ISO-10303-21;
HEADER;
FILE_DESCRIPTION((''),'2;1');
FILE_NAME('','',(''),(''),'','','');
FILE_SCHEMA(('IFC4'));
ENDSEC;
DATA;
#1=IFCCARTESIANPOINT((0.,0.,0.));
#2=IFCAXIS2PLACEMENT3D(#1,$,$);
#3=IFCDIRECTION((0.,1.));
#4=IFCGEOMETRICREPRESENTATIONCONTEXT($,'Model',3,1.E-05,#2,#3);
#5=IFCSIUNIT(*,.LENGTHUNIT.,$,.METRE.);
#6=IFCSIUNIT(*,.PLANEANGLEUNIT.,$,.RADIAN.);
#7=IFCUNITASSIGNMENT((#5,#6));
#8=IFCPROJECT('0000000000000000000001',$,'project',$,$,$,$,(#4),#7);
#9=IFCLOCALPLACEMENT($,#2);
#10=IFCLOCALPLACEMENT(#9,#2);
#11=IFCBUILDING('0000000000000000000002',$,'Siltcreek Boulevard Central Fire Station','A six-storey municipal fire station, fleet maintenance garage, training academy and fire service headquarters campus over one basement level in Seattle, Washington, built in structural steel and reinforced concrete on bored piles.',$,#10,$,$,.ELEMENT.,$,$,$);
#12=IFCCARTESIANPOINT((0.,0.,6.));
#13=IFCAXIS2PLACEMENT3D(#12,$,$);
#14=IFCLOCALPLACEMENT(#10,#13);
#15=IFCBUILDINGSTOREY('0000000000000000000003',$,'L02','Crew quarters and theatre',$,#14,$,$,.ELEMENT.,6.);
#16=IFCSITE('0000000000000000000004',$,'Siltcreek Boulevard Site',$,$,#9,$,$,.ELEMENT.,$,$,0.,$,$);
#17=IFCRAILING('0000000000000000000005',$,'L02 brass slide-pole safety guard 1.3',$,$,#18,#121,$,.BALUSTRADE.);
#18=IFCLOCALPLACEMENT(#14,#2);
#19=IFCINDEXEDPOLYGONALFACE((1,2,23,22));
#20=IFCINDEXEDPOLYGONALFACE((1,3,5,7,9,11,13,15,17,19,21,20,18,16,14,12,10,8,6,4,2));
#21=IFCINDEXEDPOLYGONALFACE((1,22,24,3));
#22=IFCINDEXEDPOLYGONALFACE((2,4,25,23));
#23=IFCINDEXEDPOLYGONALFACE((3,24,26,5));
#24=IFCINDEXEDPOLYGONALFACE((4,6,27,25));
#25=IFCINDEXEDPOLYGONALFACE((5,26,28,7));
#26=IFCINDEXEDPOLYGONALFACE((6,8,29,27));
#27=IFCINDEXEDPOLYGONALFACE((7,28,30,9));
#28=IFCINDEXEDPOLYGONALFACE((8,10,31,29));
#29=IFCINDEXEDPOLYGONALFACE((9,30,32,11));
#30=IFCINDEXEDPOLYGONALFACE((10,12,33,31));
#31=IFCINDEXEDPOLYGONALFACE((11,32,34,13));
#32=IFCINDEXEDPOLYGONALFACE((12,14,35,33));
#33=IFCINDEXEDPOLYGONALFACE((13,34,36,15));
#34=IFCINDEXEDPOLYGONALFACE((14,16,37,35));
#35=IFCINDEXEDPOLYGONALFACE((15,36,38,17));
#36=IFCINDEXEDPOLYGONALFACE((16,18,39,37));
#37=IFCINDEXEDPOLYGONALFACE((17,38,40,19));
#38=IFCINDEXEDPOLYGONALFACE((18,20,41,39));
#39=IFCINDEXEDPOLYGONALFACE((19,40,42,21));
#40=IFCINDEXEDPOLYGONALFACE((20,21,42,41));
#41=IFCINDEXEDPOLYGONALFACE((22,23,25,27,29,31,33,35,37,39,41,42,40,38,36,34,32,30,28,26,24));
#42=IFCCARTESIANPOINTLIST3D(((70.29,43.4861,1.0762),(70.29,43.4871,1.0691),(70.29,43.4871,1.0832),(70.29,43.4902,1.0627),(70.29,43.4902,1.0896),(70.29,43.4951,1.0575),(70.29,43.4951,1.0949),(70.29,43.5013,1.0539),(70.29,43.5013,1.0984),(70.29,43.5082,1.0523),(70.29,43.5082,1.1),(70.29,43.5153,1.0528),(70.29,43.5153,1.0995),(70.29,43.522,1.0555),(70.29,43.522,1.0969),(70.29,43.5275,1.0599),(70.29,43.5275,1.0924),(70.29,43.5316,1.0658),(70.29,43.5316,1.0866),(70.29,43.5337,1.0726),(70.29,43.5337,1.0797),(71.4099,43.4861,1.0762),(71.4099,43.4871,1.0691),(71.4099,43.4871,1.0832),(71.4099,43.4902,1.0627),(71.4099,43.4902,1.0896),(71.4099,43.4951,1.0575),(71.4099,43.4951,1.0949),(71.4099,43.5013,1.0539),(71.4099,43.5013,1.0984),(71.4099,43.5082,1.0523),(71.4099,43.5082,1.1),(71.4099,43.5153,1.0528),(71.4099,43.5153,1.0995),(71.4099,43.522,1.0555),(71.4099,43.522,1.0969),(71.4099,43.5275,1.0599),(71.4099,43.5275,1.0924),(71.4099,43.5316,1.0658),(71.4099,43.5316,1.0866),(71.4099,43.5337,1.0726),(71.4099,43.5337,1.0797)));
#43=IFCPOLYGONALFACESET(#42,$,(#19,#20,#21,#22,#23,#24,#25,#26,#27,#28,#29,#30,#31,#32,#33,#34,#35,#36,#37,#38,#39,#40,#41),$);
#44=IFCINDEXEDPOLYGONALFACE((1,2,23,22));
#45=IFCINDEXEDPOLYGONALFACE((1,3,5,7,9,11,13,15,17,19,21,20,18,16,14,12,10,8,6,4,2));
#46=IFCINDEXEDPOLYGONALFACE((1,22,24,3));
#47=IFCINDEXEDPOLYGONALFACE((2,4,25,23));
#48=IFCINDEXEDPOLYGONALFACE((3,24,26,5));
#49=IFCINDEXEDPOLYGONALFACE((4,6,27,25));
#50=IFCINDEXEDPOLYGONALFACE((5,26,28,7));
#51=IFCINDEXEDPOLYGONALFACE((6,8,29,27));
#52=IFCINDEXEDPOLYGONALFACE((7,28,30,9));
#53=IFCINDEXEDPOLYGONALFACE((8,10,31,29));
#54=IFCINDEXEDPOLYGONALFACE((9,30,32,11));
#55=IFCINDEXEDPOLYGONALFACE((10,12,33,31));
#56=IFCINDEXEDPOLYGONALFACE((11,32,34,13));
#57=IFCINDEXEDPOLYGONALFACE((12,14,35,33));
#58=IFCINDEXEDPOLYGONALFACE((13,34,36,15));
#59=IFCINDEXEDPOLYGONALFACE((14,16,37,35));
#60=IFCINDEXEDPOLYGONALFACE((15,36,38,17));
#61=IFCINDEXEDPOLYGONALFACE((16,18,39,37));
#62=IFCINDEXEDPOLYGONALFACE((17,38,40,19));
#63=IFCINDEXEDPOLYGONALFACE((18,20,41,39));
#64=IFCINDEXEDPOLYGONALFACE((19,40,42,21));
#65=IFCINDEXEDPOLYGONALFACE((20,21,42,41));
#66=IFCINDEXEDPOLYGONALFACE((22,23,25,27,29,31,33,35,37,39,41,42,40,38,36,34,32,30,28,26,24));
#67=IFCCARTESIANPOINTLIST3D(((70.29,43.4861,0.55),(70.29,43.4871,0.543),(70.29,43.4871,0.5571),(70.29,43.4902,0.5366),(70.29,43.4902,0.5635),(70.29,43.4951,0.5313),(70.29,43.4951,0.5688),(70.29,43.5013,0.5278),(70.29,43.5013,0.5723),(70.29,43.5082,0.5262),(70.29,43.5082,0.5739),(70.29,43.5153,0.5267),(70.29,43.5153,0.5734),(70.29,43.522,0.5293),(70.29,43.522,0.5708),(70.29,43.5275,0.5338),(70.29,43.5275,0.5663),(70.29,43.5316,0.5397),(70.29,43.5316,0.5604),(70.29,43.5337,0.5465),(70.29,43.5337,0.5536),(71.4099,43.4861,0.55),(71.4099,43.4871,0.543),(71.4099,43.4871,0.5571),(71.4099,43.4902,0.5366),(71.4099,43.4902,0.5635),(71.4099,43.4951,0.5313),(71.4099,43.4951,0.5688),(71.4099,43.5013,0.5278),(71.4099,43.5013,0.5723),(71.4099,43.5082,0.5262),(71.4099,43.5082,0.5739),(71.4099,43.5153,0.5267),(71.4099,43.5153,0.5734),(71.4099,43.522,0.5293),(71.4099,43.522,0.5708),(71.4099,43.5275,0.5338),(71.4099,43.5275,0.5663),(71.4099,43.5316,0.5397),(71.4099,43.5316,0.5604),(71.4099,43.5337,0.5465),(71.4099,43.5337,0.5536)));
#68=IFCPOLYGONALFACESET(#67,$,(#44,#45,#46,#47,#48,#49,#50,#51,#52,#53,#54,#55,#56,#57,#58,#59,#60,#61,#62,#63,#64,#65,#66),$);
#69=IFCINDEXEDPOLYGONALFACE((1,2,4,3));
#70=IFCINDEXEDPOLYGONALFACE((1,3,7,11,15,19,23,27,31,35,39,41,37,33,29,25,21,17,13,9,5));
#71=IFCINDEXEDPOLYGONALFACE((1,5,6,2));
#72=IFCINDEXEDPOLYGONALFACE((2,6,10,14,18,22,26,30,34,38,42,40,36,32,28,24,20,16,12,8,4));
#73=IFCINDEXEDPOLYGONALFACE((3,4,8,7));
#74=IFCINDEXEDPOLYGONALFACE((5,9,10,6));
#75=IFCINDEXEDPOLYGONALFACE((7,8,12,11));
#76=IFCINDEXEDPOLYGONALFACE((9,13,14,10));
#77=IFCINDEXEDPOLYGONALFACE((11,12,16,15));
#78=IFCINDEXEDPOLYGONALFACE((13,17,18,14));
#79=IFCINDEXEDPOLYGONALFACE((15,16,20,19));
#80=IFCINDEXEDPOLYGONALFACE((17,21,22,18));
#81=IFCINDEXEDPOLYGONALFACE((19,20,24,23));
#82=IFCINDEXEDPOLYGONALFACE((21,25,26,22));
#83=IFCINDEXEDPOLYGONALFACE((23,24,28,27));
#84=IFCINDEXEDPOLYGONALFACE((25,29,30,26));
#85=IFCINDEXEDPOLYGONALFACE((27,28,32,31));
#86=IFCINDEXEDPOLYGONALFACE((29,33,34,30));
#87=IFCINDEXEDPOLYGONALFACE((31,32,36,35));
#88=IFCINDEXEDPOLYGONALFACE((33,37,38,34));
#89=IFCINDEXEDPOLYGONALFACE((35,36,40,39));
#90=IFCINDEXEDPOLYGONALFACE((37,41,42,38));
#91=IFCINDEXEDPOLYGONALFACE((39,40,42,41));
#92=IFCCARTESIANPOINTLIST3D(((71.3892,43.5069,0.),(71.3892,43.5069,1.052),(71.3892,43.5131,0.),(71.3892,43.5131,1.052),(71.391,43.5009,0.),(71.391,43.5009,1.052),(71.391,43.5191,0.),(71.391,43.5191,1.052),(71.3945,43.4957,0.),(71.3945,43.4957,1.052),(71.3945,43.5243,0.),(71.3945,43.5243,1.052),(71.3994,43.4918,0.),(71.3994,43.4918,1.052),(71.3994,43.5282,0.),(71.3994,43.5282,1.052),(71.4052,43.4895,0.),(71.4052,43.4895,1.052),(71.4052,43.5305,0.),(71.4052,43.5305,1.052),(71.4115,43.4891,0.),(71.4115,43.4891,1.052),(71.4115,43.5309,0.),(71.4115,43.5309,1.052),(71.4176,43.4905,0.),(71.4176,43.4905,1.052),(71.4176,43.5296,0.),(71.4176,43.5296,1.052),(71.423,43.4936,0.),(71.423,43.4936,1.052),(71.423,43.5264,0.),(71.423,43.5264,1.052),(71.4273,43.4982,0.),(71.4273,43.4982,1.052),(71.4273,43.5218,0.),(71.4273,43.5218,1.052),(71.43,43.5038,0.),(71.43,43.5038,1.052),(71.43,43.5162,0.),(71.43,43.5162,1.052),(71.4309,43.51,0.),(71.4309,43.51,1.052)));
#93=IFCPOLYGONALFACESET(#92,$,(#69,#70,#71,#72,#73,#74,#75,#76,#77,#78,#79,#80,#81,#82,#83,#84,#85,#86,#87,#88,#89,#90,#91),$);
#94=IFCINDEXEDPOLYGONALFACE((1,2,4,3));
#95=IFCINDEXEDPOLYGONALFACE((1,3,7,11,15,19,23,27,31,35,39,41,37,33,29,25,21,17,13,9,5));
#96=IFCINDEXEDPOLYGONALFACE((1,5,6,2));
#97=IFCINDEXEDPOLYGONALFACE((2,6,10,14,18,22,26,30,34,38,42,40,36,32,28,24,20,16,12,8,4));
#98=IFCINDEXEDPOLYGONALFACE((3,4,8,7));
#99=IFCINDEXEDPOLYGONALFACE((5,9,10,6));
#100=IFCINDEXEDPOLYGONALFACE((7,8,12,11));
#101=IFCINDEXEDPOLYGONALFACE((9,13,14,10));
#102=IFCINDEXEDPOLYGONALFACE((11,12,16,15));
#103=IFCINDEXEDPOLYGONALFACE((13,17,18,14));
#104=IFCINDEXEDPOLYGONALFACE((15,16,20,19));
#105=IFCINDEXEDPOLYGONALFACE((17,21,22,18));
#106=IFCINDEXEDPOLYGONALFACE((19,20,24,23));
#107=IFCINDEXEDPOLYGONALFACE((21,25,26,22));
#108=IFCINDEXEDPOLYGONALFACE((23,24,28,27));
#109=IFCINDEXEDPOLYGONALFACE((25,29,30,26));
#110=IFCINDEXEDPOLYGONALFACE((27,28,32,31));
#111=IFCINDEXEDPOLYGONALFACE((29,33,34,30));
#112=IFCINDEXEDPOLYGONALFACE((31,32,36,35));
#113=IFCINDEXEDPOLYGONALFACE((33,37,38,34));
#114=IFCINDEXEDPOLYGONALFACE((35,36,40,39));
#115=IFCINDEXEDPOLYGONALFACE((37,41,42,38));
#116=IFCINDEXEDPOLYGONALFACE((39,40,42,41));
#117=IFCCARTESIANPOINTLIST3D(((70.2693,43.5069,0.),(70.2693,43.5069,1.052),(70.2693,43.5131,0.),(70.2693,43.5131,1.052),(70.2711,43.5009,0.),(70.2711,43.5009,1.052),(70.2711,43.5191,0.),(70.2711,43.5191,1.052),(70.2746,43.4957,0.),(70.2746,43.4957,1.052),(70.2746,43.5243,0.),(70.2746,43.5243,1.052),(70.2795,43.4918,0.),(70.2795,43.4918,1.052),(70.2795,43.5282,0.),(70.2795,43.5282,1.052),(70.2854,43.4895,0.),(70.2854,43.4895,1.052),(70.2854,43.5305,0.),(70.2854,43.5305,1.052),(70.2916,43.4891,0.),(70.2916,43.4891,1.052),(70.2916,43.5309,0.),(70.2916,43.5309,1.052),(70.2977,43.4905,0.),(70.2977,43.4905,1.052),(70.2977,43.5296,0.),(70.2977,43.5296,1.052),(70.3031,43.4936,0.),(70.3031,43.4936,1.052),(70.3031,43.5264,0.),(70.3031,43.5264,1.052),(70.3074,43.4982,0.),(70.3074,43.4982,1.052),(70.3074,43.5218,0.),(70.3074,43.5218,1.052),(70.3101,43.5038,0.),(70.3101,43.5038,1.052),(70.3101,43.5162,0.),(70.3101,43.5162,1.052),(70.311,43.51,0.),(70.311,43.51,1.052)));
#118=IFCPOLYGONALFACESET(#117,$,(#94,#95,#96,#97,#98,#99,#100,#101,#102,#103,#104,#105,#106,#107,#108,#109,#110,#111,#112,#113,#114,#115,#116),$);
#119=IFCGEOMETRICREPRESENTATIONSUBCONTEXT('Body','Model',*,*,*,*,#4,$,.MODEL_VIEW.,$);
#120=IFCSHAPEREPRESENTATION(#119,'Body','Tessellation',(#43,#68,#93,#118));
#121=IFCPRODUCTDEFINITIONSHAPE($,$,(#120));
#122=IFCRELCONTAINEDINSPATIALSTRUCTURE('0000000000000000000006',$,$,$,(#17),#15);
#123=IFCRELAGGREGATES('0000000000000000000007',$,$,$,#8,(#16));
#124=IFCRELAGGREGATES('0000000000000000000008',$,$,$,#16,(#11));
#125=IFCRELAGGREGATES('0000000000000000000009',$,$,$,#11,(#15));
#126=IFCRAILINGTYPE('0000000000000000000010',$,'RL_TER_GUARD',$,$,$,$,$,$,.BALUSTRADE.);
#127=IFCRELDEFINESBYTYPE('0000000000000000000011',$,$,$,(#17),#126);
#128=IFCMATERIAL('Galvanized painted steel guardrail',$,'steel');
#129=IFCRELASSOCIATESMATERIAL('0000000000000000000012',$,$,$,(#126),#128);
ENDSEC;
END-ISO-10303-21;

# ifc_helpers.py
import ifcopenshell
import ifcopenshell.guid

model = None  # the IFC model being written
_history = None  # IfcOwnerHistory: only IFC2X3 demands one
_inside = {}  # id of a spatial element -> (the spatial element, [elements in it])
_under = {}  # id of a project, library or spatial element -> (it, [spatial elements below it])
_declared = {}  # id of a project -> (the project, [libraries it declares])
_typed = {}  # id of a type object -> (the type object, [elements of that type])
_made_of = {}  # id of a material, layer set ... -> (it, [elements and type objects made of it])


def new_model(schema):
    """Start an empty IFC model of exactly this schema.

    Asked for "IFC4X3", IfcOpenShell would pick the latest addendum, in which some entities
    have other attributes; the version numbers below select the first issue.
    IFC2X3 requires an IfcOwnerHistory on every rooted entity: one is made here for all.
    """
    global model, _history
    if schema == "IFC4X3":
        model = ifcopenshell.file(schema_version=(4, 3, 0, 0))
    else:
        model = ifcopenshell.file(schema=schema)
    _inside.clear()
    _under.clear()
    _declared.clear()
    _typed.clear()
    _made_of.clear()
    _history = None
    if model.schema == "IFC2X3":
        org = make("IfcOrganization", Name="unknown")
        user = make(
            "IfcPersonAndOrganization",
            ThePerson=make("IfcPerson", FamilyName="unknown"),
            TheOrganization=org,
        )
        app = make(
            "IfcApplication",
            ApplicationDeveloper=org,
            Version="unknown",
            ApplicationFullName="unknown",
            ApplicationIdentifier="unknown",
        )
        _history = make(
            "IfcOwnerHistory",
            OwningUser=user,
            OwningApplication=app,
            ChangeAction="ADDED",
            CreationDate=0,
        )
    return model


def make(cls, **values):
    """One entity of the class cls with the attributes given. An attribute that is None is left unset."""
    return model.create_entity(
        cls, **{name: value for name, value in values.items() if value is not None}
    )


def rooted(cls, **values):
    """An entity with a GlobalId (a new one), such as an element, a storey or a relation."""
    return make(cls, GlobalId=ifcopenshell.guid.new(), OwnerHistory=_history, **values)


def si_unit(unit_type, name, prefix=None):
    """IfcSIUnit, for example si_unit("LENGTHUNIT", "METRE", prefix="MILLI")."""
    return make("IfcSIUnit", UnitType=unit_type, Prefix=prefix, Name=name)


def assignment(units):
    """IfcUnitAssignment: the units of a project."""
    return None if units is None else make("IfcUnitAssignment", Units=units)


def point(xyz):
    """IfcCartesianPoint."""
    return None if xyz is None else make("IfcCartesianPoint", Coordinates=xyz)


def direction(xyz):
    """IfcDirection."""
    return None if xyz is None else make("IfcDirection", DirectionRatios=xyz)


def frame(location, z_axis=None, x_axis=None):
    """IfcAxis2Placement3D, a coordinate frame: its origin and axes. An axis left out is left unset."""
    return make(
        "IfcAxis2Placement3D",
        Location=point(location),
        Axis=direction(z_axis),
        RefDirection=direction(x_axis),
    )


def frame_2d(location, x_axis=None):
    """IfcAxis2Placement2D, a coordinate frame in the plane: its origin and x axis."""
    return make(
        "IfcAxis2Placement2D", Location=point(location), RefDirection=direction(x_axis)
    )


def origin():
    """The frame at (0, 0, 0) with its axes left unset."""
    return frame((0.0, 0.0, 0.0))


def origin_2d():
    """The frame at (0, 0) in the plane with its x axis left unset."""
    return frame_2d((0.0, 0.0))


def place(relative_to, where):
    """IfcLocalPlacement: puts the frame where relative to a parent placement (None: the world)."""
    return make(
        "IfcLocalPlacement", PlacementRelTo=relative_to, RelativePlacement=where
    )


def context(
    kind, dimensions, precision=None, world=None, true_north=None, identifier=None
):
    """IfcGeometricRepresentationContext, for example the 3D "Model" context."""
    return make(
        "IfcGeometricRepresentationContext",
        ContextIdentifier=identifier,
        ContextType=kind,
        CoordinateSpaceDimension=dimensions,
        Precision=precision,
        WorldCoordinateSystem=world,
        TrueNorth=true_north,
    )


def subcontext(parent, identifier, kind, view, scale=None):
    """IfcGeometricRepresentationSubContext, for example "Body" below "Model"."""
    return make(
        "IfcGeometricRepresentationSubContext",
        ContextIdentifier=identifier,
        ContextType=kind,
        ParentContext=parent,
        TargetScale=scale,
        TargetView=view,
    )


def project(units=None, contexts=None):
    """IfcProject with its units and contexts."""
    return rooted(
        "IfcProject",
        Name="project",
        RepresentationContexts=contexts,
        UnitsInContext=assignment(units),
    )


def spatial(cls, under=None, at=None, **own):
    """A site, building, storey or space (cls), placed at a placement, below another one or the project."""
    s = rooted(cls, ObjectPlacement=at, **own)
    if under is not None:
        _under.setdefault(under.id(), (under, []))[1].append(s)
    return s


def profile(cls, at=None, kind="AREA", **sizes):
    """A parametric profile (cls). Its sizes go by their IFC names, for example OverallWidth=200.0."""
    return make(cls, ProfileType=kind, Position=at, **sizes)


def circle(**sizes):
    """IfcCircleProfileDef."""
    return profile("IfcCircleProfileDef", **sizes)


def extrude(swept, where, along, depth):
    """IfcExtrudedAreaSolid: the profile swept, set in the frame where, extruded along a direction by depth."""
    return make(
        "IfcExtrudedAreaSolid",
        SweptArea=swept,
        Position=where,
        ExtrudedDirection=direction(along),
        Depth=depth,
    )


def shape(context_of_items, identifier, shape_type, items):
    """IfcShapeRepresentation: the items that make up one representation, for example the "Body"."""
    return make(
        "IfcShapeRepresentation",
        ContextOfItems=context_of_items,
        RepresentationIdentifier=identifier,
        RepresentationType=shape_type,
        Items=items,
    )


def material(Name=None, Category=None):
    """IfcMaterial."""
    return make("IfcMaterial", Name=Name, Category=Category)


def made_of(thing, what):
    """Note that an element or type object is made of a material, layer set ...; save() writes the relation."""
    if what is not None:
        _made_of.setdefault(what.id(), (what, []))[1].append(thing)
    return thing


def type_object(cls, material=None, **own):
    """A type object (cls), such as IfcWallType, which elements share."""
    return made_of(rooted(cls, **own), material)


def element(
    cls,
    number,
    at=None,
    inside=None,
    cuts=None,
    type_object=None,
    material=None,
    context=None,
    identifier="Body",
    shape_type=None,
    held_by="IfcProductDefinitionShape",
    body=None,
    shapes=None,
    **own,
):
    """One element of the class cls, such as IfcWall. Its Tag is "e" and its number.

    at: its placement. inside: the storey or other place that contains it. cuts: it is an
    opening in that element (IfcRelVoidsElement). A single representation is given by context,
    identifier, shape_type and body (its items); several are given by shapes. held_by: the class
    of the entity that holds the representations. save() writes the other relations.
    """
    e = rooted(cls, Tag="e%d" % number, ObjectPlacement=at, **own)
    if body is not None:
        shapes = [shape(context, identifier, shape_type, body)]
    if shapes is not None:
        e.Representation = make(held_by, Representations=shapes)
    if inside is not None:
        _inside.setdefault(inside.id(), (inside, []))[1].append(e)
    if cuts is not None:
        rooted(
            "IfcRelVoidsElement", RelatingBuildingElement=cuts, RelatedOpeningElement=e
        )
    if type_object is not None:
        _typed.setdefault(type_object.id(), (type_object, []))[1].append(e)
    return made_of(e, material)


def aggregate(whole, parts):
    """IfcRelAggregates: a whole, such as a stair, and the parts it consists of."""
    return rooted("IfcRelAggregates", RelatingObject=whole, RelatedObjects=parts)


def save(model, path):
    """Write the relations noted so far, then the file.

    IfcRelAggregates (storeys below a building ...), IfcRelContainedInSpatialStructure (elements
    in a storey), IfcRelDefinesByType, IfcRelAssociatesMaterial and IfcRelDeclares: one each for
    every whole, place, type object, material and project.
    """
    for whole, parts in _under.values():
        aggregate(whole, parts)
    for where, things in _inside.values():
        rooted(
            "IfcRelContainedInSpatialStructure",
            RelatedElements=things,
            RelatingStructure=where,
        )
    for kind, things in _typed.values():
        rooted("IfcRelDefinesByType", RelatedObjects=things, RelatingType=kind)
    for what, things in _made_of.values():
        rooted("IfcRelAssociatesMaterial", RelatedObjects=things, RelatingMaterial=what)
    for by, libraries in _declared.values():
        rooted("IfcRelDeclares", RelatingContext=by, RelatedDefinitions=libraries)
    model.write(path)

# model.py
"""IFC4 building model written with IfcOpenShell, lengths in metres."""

from ifc_helpers import new_model, si_unit, direction, frame, origin, origin_2d, place, context, subcontext, project, spatial, circle, extrude, material, type_object, element, save


model = new_model("IFC4")

# Units and contexts
model_context = context("Model", 3, precision=1e-05, world=origin(), true_north=direction((0.0, 1.0)))
body_context = subcontext(model_context, "Body", "Model", "MODEL_VIEW")
ifc_project = project(units=[si_unit("LENGTHUNIT", "METRE"), si_unit("PLANEANGLEUNIT", "RADIAN")], contexts=[model_context])

# Site, building, storey
site_placement = place(None, origin())
site = spatial("IfcSite", under=ifc_project, at=site_placement, Name="Siltcreek Boulevard Site", CompositionType="ELEMENT", RefElevation=0.0)
building_placement = place(site_placement, origin())
building = spatial("IfcBuilding", under=site, at=building_placement, Name="Siltcreek Boulevard Central Fire Station", Description="A six-storey municipal fire station, fleet maintenance garage, training academy and fire service headquarters campus over one basement level in Seattle, Washington, built in structural steel and reinforced concrete on bored piles.", CompositionType="ELEMENT")
storey_placement = place(building_placement, frame((0.0, 0.0, 6.0)))
storey = spatial("IfcBuildingStorey", under=building, at=storey_placement, Name="L02", Description="Crew quarters and theatre", CompositionType="ELEMENT", Elevation=6.0)

# Railing
ifc_material_1 = material(Name="Galvanized painted steel guardrail", Category="steel")
railing_type_1 = type_object("IfcRailingType", Name="RL_TER_GUARD", PredefinedType="BALUSTRADE", material=ifc_material_1)
railing_1_placement = place(storey_placement, frame((71.4099, 43.51, 0.0)))
element("IfcRailing", 1, at=railing_1_placement, inside=storey, type_object=railing_type_1, Name="L02 brass slide-pole safety guard 1.3", PredefinedType="BALUSTRADE", context=body_context, shape_type="SweptSolid", body=[
    extrude(circle(Radius=0.0239, at=origin_2d()), frame((0.0, 0.0, 1.0762), z_axis=(-1.0, 0.0, 0.0), x_axis=(0.0, -1.0, 0.0)), (0.0, 0.0, 1.0), 1.1199),
    extrude(circle(Radius=0.0239, at=origin_2d()), frame((0.0, 0.0, 0.55), z_axis=(-1.0, 0.0, 0.0), x_axis=(0.0, -1.0, 0.0)), (0.0, 0.0, 1.0), 1.1199),
    extrude(circle(Radius=0.021, at=origin_2d()), origin(), (0.0, 0.0, 1.0), 1.052),
    extrude(circle(Radius=0.021, at=origin_2d()), frame((-1.1199, 0.0, 0.0)), (0.0, 0.0, 1.0), 1.052),
])

save(model, "model.ifc")
